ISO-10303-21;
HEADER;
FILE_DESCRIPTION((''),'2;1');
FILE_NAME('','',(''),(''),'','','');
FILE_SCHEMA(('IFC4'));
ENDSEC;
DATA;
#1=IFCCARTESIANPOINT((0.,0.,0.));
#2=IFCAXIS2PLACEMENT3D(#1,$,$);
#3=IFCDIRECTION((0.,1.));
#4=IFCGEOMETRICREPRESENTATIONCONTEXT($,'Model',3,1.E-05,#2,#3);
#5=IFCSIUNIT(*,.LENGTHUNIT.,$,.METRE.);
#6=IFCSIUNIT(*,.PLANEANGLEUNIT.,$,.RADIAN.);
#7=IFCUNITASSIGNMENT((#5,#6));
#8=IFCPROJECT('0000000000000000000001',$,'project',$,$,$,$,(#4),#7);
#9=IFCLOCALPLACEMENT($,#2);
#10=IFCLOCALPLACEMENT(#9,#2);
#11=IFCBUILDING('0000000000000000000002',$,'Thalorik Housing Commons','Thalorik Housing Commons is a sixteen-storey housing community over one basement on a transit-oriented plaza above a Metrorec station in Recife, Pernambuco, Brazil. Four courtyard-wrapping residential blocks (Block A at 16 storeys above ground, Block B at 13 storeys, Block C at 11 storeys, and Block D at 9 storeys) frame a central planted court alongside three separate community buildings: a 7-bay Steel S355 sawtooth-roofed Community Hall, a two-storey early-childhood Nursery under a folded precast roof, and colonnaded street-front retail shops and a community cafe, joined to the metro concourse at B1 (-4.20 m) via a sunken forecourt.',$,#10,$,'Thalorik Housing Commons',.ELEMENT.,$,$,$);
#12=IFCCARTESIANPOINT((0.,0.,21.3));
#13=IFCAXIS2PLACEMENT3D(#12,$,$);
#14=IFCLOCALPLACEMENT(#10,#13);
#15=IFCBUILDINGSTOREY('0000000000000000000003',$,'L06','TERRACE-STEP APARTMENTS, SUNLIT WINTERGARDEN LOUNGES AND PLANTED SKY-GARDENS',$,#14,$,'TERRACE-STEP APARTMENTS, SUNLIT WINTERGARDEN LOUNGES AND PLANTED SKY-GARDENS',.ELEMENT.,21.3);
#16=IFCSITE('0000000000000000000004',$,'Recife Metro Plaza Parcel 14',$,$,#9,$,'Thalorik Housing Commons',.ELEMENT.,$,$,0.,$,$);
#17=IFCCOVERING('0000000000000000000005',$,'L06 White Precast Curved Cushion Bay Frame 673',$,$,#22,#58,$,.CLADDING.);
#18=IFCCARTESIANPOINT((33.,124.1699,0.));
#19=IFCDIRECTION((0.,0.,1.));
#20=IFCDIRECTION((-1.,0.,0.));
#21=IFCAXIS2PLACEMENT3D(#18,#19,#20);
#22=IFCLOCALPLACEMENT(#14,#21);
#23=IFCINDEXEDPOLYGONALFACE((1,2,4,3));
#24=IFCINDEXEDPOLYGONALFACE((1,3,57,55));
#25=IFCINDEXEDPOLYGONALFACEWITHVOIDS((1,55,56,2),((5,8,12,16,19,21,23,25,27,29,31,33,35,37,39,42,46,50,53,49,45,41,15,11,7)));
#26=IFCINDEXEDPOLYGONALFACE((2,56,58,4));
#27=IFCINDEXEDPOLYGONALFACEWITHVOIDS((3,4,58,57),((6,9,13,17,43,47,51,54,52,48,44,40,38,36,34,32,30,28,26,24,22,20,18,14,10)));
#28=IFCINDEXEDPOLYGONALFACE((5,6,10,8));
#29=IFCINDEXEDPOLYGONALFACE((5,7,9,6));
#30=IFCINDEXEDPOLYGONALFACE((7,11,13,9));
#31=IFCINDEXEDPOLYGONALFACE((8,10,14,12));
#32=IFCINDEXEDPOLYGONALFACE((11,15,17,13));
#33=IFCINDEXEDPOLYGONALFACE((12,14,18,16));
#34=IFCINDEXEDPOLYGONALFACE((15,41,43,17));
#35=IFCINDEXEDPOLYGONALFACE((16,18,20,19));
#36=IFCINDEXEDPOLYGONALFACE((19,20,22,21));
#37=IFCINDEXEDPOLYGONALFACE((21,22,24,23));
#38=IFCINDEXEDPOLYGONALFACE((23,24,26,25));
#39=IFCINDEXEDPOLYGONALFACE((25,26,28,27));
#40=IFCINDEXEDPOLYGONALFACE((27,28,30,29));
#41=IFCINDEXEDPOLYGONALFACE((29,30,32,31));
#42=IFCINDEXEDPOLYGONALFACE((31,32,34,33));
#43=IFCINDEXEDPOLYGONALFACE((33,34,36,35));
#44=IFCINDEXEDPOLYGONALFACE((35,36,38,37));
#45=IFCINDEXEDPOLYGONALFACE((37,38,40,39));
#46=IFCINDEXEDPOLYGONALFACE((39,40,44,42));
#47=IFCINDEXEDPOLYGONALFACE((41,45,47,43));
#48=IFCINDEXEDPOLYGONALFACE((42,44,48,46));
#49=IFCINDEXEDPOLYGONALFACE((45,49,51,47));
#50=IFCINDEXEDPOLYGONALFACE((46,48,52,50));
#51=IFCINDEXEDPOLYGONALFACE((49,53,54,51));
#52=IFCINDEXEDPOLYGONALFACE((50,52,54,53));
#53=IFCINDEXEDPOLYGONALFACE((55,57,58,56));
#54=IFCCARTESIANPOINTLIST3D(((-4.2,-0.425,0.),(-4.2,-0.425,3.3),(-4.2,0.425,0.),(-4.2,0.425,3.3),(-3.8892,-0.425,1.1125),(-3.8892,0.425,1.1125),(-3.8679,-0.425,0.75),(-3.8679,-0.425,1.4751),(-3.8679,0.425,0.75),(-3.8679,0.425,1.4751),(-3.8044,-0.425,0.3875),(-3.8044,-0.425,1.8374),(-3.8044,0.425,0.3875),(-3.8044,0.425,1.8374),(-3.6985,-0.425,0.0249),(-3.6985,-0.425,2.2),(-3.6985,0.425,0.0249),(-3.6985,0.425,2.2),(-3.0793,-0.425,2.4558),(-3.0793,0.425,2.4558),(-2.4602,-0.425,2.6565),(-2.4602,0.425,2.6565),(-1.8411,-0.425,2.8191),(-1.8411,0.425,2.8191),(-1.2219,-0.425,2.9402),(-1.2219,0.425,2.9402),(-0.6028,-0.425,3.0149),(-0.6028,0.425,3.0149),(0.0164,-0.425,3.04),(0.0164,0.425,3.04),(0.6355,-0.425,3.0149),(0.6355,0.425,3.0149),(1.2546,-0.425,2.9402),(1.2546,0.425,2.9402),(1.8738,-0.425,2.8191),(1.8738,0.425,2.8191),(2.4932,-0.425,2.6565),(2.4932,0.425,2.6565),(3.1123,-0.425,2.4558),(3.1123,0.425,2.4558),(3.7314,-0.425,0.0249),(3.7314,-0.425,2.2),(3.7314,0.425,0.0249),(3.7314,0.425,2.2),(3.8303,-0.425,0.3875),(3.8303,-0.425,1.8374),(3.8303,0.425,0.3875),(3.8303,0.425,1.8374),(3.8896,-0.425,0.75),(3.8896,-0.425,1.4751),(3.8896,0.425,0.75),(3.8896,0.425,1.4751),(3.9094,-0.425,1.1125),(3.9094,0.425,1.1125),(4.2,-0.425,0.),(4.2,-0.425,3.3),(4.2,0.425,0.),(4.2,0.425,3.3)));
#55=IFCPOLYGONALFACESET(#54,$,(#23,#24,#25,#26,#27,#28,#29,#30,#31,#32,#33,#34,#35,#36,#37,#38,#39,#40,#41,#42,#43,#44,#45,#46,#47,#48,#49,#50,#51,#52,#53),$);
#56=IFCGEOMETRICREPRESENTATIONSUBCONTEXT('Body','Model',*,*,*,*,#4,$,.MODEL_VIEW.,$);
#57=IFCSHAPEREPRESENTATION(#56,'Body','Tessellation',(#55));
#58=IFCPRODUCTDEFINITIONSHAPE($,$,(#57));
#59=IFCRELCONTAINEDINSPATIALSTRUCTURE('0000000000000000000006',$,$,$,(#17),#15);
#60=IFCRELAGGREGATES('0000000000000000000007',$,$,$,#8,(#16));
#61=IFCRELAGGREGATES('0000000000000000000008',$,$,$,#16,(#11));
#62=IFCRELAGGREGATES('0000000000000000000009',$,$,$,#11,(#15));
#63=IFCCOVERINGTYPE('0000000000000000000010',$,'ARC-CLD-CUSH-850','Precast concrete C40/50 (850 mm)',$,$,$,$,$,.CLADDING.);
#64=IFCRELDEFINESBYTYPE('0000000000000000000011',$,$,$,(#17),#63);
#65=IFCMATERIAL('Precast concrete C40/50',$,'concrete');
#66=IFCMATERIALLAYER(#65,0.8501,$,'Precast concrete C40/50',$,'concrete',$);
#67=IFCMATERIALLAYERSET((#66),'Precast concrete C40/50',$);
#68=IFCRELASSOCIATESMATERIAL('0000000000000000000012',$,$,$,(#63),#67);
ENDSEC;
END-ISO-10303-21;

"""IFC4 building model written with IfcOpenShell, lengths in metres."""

from ifc_helpers import new_model, si_unit, direction, frame, origin, place, context, subcontext, project, spatial, polyline, outline, extrude, material, layer, layer_set, type_object, element, save


model = new_model("IFC4")

# Units and contexts
model_context = context("Model", 3, precision=1e-05, world=origin(), true_north=direction((0.0, 1.0)))
body_context = subcontext(model_context, "Body", "Model", "MODEL_VIEW")
ifc_project = project(units=[si_unit("LENGTHUNIT", "METRE"), si_unit("PLANEANGLEUNIT", "RADIAN")], contexts=[model_context])

# Site, building, storey
site_placement = place(None, origin())
site = spatial("IfcSite", under=ifc_project, at=site_placement, Name="Recife Metro Plaza Parcel 14", LongName="Thalorik Housing Commons", CompositionType="ELEMENT", RefElevation=0.0)
building_placement = place(site_placement, origin())
building = spatial("IfcBuilding", under=site, at=building_placement, Name="Thalorik Housing Commons", Description="Thalorik Housing Commons is a sixteen-storey housing community over one basement on a transit-oriented plaza above a Metrorec station in Recife, Pernambuco, Brazil. Four courtyard-wrapping residential blocks (Block A at 16 storeys above ground, Block B at 13 storeys, Block C at 11 storeys, and Block D at 9 storeys) frame a central planted court alongside three separate community buildings: a 7-bay Steel S355 sawtooth-roofed Community Hall, a two-storey early-childhood Nursery under a folded precast roof, and colonnaded street-front retail shops and a community cafe, joined to the metro concourse at B1 (-4.20 m) via a sunken forecourt.", LongName="Thalorik Housing Commons", CompositionType="ELEMENT")
storey_placement = place(building_placement, frame((0.0, 0.0, 21.3)))
storey = spatial("IfcBuildingStorey", under=building, at=storey_placement, Name="L06", Description="TERRACE-STEP APARTMENTS, SUNLIT WINTERGARDEN LOUNGES AND PLANTED SKY-GARDENS", LongName="TERRACE-STEP APARTMENTS, SUNLIT WINTERGARDEN LOUNGES AND PLANTED SKY-GARDENS", CompositionType="ELEMENT", Elevation=21.3)

# Shared definitions
ifc_material_1 = material(Name="Precast concrete C40/50", Category="concrete")

# Covering
ifc_layer_1 = layer(ifc_material_1, 0.8501, Name="Precast concrete C40/50", Category="concrete")
ifc_layer_set_1 = layer_set([ifc_layer_1], Name="Precast concrete C40/50")
covering_type_1 = type_object("IfcCoveringType", Name="ARC-CLD-CUSH-850", Description="Precast concrete C40/50 (850 mm)", PredefinedType="CLADDING", material=ifc_layer_set_1)
covering_1_placement = place(storey_placement, frame((33.0, 124.1699, 0.0), z_axis=(0.0, 0.0, 1.0), x_axis=(-1.0, 0.0, 0.0)))
element("IfcCovering", 1, at=covering_1_placement, inside=storey, type_object=covering_type_1, Name="L06 White Precast Curved Cushion Bay Frame 673", PredefinedType="CLADDING", context=body_context, shape_type="SweptSolid", body=[
    extrude(outline(polyline([(-4.2, 0.0), (4.2, 0.0), (4.2, 3.3), (-4.2, 3.3), (-4.2, 0.0)]), holes=[polyline([(3.7314, 0.0249), (3.8303, 0.3875), (3.8896, 0.75), (3.9094, 1.1125), (3.8896, 1.4751), (3.8303, 1.8374), (3.7314, 2.2), (3.1123, 2.4558), (2.4932, 2.6565), (1.8738, 2.8191), (1.2546, 2.9402), (0.6355, 3.0149), (0.0164, 3.04), (-0.6028, 3.0149), (-1.2219, 2.9402), (-1.8411, 2.8191), (-2.4602, 2.6565), (-3.0793, 2.4558), (-3.6985, 2.2), (-3.8044, 1.8374), (-3.8679, 1.4751), (-3.8892, 1.1125), (-3.8679, 0.75), (-3.8044, 0.3875), (-3.6985, 0.0249), (3.7314, 0.0249)])]), frame((0.0, 0.425, 0.0), z_axis=(0.0, -1.0, 0.0), x_axis=(1.0, 0.0, 0.0)), (0.0, 0.0, 1.0), 0.8501),
])

save(model, "model.ifc")
